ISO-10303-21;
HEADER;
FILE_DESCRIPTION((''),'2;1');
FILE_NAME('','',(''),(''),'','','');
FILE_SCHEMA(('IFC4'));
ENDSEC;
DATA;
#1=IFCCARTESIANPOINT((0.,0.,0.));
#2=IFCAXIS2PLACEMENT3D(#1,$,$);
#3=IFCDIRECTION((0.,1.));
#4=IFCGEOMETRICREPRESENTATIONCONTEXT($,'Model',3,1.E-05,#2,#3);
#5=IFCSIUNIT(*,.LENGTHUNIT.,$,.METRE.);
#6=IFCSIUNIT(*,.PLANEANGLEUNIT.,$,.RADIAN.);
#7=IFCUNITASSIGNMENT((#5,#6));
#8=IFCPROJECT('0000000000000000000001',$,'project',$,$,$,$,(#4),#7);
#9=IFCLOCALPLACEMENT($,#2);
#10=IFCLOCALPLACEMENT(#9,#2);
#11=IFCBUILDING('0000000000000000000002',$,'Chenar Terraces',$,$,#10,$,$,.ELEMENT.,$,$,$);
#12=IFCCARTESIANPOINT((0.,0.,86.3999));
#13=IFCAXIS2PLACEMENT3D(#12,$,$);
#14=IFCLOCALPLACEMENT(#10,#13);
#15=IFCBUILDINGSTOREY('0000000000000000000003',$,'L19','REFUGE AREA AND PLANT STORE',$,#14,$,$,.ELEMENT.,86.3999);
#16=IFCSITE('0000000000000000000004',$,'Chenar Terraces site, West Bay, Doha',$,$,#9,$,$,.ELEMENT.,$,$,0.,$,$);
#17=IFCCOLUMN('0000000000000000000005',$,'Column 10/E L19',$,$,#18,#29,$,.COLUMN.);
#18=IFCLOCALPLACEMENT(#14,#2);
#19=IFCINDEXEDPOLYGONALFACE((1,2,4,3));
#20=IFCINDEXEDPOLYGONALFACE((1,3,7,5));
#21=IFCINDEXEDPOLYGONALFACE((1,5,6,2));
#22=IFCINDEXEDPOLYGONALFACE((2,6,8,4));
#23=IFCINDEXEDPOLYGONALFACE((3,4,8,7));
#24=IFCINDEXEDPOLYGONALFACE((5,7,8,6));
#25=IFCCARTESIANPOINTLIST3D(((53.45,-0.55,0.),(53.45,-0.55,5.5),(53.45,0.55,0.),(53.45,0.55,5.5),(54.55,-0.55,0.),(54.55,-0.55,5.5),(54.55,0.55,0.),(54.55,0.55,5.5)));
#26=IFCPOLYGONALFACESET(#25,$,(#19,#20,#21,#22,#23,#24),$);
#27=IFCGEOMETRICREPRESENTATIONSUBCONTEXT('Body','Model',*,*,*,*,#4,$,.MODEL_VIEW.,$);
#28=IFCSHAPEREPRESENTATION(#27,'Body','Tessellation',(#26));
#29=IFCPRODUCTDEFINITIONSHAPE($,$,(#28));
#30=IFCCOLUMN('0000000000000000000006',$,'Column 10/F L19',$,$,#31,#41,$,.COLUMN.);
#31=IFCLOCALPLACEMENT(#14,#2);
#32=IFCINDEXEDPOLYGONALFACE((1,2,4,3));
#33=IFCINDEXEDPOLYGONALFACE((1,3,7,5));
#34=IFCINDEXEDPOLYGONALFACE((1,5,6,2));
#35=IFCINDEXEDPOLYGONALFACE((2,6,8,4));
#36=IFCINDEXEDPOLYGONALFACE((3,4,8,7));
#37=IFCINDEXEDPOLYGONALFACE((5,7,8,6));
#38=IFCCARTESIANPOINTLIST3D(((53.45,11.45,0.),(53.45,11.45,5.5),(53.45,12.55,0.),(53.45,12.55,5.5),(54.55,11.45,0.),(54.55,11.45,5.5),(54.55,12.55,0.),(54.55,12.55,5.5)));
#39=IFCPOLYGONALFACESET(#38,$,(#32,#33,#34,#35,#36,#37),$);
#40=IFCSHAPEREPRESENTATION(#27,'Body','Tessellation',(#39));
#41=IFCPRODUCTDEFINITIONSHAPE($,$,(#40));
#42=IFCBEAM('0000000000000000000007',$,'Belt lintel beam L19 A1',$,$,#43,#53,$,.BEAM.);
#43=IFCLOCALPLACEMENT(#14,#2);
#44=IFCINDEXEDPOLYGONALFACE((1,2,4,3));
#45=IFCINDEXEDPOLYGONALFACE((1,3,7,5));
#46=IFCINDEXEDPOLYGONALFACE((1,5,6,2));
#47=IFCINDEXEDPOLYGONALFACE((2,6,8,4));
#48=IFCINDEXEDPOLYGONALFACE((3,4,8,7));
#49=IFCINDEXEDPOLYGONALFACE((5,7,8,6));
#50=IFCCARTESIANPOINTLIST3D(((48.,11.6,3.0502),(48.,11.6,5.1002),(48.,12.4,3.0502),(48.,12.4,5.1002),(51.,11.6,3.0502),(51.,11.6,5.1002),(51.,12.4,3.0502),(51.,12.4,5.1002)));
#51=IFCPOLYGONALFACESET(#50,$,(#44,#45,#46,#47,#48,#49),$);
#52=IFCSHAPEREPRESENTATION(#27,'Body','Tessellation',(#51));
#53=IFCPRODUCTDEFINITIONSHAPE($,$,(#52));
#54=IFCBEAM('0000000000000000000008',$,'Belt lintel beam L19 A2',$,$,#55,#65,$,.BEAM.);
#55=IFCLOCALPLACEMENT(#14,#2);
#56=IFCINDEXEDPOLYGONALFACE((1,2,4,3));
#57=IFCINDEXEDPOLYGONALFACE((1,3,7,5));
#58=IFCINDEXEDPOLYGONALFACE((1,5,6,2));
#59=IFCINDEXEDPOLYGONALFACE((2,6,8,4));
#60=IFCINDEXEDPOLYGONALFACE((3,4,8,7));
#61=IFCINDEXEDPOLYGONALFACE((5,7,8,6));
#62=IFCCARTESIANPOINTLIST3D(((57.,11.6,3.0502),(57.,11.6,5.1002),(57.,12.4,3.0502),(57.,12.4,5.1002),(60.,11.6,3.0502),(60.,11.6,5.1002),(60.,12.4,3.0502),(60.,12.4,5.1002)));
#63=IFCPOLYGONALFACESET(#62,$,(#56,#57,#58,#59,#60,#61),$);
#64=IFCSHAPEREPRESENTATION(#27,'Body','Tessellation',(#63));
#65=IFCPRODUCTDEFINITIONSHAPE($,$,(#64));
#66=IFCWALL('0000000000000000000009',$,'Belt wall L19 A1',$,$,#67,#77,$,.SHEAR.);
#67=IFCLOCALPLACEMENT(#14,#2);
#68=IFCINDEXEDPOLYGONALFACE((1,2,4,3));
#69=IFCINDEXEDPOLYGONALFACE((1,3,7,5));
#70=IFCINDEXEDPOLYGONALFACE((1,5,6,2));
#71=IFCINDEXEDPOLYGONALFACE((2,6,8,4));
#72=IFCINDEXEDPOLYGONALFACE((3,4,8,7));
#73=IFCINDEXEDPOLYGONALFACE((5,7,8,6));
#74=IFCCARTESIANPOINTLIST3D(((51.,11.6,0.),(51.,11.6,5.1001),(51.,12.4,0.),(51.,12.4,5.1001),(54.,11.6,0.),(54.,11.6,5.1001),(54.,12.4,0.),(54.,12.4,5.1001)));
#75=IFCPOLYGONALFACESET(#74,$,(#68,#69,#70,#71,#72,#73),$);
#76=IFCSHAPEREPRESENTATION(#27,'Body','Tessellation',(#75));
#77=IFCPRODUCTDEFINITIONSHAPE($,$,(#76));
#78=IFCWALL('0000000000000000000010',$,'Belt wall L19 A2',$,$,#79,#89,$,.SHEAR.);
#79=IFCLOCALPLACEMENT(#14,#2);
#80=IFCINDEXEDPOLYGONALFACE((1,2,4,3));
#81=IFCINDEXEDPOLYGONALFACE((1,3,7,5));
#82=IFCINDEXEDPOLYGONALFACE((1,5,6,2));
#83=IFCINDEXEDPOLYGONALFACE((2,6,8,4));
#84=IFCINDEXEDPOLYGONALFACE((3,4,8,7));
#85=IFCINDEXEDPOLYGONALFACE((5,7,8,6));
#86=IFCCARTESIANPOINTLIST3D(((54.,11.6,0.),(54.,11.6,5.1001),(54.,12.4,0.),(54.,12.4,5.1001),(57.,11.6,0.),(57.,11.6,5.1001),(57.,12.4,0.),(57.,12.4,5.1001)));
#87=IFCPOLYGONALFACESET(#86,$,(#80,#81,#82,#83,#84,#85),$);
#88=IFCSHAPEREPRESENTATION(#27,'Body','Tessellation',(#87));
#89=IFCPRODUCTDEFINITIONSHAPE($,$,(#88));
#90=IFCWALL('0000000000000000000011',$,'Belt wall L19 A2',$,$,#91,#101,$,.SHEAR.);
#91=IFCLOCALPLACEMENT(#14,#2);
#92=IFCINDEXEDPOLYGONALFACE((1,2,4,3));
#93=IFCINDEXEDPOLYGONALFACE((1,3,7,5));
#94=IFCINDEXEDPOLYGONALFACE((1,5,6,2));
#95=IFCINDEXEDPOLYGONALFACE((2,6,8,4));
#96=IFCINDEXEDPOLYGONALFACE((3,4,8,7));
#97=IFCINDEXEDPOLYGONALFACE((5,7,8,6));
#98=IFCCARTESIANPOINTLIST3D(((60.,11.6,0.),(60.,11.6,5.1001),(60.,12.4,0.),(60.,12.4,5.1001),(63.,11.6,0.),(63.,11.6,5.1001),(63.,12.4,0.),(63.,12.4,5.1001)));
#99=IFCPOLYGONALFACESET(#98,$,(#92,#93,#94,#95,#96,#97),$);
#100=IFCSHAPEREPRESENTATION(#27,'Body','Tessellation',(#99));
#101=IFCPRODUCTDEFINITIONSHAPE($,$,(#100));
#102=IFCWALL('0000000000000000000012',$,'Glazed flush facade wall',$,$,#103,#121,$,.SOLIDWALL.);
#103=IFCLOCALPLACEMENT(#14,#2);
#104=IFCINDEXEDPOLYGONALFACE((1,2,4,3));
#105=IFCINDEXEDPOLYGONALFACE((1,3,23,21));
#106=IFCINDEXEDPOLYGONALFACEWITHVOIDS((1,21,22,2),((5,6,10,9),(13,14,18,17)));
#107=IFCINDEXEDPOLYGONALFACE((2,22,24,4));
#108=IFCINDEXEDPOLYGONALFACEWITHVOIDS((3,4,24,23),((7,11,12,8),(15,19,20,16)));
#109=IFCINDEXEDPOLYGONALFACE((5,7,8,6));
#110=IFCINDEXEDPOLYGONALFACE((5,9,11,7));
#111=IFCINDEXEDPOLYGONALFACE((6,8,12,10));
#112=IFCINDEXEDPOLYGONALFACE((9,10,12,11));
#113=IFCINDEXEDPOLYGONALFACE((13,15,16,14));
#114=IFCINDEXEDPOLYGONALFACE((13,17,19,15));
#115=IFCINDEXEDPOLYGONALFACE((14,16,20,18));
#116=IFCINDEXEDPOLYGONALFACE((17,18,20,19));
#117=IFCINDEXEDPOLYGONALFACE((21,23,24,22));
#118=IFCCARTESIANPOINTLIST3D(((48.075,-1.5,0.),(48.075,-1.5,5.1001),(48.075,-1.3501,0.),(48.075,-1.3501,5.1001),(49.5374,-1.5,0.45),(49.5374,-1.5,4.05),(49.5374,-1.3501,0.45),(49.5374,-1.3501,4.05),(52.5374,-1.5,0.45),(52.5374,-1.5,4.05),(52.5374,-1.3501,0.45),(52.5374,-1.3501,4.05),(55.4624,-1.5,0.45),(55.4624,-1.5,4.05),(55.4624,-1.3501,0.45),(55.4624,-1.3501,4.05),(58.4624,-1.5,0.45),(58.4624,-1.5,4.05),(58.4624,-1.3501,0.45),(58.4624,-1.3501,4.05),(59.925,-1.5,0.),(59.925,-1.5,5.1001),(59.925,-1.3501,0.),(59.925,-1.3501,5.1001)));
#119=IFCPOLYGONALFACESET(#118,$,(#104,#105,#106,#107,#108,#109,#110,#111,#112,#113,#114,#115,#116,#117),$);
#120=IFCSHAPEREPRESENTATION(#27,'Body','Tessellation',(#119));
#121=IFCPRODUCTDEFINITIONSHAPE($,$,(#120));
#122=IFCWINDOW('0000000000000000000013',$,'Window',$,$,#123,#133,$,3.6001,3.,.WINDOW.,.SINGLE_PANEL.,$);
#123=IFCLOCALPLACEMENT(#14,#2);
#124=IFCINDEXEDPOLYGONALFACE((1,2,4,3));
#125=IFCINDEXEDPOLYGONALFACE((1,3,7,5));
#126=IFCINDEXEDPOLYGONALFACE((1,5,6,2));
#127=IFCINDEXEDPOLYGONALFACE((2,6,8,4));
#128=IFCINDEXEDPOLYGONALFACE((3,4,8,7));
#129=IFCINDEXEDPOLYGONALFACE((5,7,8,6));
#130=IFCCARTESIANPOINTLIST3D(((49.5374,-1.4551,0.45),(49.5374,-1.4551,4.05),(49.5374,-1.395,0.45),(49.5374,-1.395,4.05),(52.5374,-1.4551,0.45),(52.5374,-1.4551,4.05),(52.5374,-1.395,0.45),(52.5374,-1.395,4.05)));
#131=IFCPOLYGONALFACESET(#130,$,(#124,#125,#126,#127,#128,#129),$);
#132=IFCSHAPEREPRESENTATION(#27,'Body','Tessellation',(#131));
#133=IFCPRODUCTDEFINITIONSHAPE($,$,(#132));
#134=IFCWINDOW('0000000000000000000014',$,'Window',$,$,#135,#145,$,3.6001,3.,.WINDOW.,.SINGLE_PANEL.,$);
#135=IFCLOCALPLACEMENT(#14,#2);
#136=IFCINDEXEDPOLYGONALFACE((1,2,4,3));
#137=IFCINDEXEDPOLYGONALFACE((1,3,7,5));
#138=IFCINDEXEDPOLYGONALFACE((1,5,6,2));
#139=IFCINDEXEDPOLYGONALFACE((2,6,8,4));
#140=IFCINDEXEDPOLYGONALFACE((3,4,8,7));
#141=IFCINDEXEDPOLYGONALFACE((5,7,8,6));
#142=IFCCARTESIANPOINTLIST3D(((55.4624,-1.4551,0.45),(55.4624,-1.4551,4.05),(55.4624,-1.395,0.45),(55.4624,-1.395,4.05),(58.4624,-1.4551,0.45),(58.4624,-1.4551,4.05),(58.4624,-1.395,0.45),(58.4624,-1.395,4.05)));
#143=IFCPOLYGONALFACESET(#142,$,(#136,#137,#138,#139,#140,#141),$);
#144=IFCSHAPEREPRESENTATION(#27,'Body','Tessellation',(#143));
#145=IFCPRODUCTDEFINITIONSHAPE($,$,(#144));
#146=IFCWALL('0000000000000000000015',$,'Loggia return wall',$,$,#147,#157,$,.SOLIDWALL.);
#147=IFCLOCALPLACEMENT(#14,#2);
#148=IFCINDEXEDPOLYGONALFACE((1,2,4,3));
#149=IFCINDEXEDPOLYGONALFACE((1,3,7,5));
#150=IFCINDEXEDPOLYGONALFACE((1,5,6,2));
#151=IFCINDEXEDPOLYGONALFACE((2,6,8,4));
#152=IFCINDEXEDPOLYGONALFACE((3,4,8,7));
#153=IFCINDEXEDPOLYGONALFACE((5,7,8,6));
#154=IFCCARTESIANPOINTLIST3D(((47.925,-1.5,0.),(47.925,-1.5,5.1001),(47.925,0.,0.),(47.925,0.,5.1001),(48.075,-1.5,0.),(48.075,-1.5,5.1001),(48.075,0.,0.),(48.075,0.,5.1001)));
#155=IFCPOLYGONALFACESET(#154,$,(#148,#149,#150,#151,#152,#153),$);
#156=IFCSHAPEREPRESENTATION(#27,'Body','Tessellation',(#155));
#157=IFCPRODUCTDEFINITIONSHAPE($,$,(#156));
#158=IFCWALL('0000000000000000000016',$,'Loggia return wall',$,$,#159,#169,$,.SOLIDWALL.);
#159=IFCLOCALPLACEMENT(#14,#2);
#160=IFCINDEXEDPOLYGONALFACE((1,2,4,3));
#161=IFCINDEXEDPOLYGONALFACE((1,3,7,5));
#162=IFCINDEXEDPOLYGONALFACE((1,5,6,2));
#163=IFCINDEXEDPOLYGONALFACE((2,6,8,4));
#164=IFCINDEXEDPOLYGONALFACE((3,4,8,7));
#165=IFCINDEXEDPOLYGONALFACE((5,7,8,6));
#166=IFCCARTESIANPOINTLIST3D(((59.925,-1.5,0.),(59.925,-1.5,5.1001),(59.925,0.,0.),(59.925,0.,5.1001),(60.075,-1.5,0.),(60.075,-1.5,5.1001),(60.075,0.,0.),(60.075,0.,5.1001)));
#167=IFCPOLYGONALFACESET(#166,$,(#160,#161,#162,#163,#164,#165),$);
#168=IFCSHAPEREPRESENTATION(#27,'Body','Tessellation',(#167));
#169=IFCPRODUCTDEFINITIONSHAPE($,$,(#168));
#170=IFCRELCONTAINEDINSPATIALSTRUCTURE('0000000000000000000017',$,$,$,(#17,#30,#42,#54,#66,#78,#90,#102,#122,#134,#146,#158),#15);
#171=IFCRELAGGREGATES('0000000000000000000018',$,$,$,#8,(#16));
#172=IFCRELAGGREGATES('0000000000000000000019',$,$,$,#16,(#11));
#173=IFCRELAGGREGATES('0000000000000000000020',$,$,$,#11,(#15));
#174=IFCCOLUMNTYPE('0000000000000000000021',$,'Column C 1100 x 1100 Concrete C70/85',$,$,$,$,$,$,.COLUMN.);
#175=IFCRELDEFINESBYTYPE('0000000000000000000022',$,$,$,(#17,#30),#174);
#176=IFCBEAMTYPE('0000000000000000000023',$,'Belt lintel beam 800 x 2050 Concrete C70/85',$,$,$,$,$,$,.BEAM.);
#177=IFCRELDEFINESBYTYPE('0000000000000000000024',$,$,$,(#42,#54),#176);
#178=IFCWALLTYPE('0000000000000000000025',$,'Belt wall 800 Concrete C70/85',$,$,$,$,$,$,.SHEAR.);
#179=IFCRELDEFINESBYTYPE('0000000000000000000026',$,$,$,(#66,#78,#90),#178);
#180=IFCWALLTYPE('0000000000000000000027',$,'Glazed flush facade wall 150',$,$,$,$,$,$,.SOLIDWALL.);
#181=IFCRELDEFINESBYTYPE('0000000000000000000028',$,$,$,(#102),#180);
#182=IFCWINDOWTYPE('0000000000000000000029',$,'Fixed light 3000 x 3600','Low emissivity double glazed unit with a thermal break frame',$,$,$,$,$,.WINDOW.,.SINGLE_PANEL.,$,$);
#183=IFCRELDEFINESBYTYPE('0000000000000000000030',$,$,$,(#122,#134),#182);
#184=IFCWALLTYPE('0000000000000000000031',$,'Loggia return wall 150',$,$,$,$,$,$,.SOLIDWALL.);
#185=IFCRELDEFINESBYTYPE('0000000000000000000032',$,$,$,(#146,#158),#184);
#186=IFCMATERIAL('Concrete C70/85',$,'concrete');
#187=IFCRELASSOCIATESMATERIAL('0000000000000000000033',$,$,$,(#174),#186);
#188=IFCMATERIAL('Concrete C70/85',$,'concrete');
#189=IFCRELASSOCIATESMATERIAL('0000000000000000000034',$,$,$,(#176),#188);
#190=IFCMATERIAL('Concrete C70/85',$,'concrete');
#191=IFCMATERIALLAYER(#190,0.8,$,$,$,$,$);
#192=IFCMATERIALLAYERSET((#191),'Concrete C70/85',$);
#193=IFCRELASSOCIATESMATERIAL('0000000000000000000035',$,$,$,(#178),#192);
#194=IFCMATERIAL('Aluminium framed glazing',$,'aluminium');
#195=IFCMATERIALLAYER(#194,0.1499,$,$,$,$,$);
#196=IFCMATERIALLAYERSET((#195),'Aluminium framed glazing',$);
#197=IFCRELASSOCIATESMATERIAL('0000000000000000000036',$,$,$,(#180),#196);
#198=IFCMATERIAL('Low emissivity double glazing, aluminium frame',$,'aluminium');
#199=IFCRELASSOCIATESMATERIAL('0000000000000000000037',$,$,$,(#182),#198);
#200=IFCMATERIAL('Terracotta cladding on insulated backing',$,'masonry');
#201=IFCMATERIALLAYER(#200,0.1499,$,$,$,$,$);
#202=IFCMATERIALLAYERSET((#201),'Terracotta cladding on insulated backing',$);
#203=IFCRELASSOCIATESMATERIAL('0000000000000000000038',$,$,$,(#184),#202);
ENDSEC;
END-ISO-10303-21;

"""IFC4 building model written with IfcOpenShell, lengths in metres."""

from ifc_helpers import new_model, si_unit, direction, frame, frame_2d, origin, origin_2d, place, context, subcontext, project, spatial, rectangle, extrude, material, layer, layer_set, material_profile, profile_set, type_object, element, fill, save


model = new_model("IFC4")

# Units and contexts
model_context = context("Model", 3, precision=1e-05, world=origin(), true_north=direction((0.0, 1.0)))
body_context = subcontext(model_context, "Body", "Model", "MODEL_VIEW")
ifc_project = project(units=[si_unit("LENGTHUNIT", "METRE"), si_unit("PLANEANGLEUNIT", "RADIAN")], contexts=[model_context])

# Site, building, storey
site_placement = place(None, origin())
site = spatial("IfcSite", under=ifc_project, at=site_placement, Name="Chenar Terraces site, West Bay, Doha", CompositionType="ELEMENT", RefElevation=0.0)
building_placement = place(site_placement, origin())
building = spatial("IfcBuilding", under=site, at=building_placement, Name="Chenar Terraces", CompositionType="ELEMENT")
storey_placement = place(building_placement, frame((0.0, 0.0, 86.3999)))
storey = spatial("IfcBuildingStorey", under=building, at=storey_placement, Name="L19", Description="REFUGE AREA AND PLANT STORE", CompositionType="ELEMENT", Elevation=86.3999)

# Columns
ifc_material_1 = material(Name="Concrete C70/85", Category="concrete")
ifc_material_profile_1 = material_profile(ifc_material_1, rectangle(XDim=1.1001, YDim=1.1001, at=origin_2d()), Name="C 1100 x 1100")
ifc_profile_set_1 = profile_set([ifc_material_profile_1], Name="Concrete C70/85")
column_type = type_object("IfcColumnType", Name="Column C 1100 x 1100 Concrete C70/85", PredefinedType="COLUMN", material=ifc_profile_set_1)
column_1_placement = place(storey_placement, frame((54.0, 0.0, 0.0), z_axis=(0.0, 0.0, 1.0), x_axis=(1.0, 0.0, 0.0)))
element("IfcColumn", 1, at=column_1_placement, inside=storey, type_object=column_type, Name="Column 10/E L19", PredefinedType="COLUMN", context=body_context, shape_type="SweptSolid", body=[
    extrude(rectangle(XDim=1.1001, YDim=1.1001, at=origin_2d()), origin(), (0.0, 0.0, 1.0), 5.5),
])
placement = place(storey_placement, frame((54.0, 12.0, 0.0), z_axis=(0.0, 0.0, 1.0), x_axis=(1.0, 0.0, 0.0)))
element("IfcColumn", 2, at=placement, inside=storey, type_object=column_type, Name="Column 10/F L19", PredefinedType="COLUMN", context=body_context, shape_type="SweptSolid", body=[
    extrude(rectangle(XDim=1.1001, YDim=1.1001, at=origin_2d()), origin(), (0.0, 0.0, 1.0), 5.5),
])

# Beams
ifc_material_2 = material(Name="Concrete C70/85", Category="concrete")
ifc_material_profile_2 = material_profile(ifc_material_2, rectangle(XDim=0.8, YDim=2.05, at=origin_2d()), Name="RC 800 x 2050")
ifc_profile_set_2 = profile_set([ifc_material_profile_2], Name="Concrete C70/85")
beam_type = type_object("IfcBeamType", Name="Belt lintel beam 800 x 2050 Concrete C70/85", PredefinedType="BEAM", material=ifc_profile_set_2)
for number, where, z_axis, x_axis, name in (
    (3, (48.0, 12.0, 4.0752), (1.0, 0.0, 0.0), (0.0, 1.0, 0.0), "Belt lintel beam L19 A1"),
    (4, (57.0, 12.0, 4.0752), (1.0, 0.0, 0.0), (0.0, 1.0, 0.0), "Belt lintel beam L19 A2"),
):
    element("IfcBeam", number, at=place(storey_placement, frame(where, z_axis=z_axis, x_axis=x_axis)), inside=storey, type_object=beam_type, Name=name, PredefinedType="BEAM", context=body_context, shape_type="SweptSolid", body=[
        extrude(rectangle(XDim=0.8, YDim=2.05, at=origin_2d()), origin(), (0.0, 0.0, 1.0), 3.0),
    ])

# Walls
ifc_material_3 = material(Name="Concrete C70/85", Category="concrete")
ifc_layer_1 = layer(ifc_material_3, 0.8)
ifc_layer_set_1 = layer_set([ifc_layer_1], Name="Concrete C70/85")
wall_type_1 = type_object("IfcWallType", Name="Belt wall 800 Concrete C70/85", PredefinedType="SHEAR", material=ifc_layer_set_1)
wall_1_placement = place(storey_placement, frame((51.0, 12.0, 0.0), z_axis=(0.0, 0.0, 1.0), x_axis=(1.0, 0.0, 0.0)))
element("IfcWall", 5, at=wall_1_placement, inside=storey, type_object=wall_type_1, Name="Belt wall L19 A1", PredefinedType="SHEAR", context=body_context, shape_type="SweptSolid", body=[
    extrude(rectangle(XDim=3.0, YDim=0.8, at=frame_2d((1.5, 0.0))), origin(), (0.0, 0.0, 1.0), 5.1001),
])
element("IfcWall", 6, at=placement, inside=storey, type_object=wall_type_1, Name="Belt wall L19 A2", PredefinedType="SHEAR", context=body_context, shape_type="SweptSolid", body=[
    extrude(rectangle(XDim=3.0, YDim=0.8, at=frame_2d((1.5, 0.0))), origin(), (0.0, 0.0, 1.0), 5.1001),
])
wall_2_placement = place(storey_placement, frame((60.0, 12.0, 0.0), z_axis=(0.0, 0.0, 1.0), x_axis=(1.0, 0.0, 0.0)))
element("IfcWall", 7, at=wall_2_placement, inside=storey, type_object=wall_type_1, Name="Belt wall L19 A2", PredefinedType="SHEAR", context=body_context, shape_type="SweptSolid", body=[
    extrude(rectangle(XDim=3.0, YDim=0.8, at=frame_2d((1.5, 0.0))), origin(), (0.0, 0.0, 1.0), 5.1001),
])

# Wall, openings, windows
ifc_material_4 = material(Name="Aluminium framed glazing", Category="aluminium")
ifc_layer_2 = layer(ifc_material_4, 0.1499)
ifc_layer_set_2 = layer_set([ifc_layer_2], Name="Aluminium framed glazing")
wall_type_2 = type_object("IfcWallType", Name="Glazed flush facade wall 150", PredefinedType="SOLIDWALL", material=ifc_layer_set_2)
wall_3_placement = place(storey_placement, frame((48.075, -1.425, 0.0), z_axis=(0.0, 0.0, 1.0), x_axis=(1.0, 0.0, 0.0)))
wall_3 = element("IfcWall", 8, at=wall_3_placement, inside=storey, type_object=wall_type_2, Name="Glazed flush facade wall", PredefinedType="SOLIDWALL", context=body_context, shape_type="SweptSolid", body=[
    extrude(rectangle(XDim=11.8501, YDim=0.1499, at=frame_2d((5.925, 0.0))), origin(), (0.0, 0.0, 1.0), 5.1001),
])
opening_1_placement = place(wall_3_placement, frame((1.4624, 0.0, 0.45)))
opening_1 = element("IfcOpeningElement", 9, at=opening_1_placement, cuts=wall_3, PredefinedType="OPENING", context=body_context, shape_type="SweptSolid", body=[
    extrude(rectangle(XDim=3.0, YDim=3.6001, at=frame_2d((1.5, 1.8))), frame((0.0, 0.085, 0.0), z_axis=(0.0, -1.0, 0.0), x_axis=(1.0, 0.0, 0.0)), (0.0, 0.0, 1.0), 0.1699),
])
opening_2_placement = place(wall_3_placement, frame((7.3875, 0.0, 0.45)))
opening_2 = element("IfcOpeningElement", 10, at=opening_2_placement, cuts=wall_3, PredefinedType="OPENING", context=body_context, shape_type="SweptSolid", body=[
    extrude(rectangle(XDim=3.0, YDim=3.6001, at=frame_2d((1.5, 1.8))), frame((0.0, 0.085, 0.0), z_axis=(0.0, -1.0, 0.0), x_axis=(1.0, 0.0, 0.0)), (0.0, 0.0, 1.0), 0.1699),
])
ifc_material_5 = material(Name="Low emissivity double glazing, aluminium frame", Category="aluminium")
window_type = type_object("IfcWindowType", Name="Fixed light 3000 x 3600", Description="Low emissivity double glazed unit with a thermal break frame", PartitioningType="SINGLE_PANEL", PredefinedType="WINDOW", material=ifc_material_5)
window_1_placement = place(opening_1_placement, origin())
window_1 = element("IfcWindow", 11, at=window_1_placement, inside=storey, type_object=window_type, Name="Window", OverallHeight=3.6001, OverallWidth=3.0, PartitioningType="SINGLE_PANEL", PredefinedType="WINDOW", context=body_context, shape_type="SweptSolid", body=[
    extrude(rectangle(XDim=3.0, YDim=3.6001, at=frame_2d((1.5, 1.8))), frame((0.0, 0.03, 0.0), z_axis=(0.0, -1.0, 0.0), x_axis=(1.0, 0.0, 0.0)), (0.0, 0.0, 1.0), 0.0601),
])
fill(opening_1, window_1)
window_2_placement = place(opening_2_placement, origin())
window_2 = element("IfcWindow", 12, at=window_2_placement, inside=storey, type_object=window_type, Name="Window", OverallHeight=3.6001, OverallWidth=3.0, PartitioningType="SINGLE_PANEL", PredefinedType="WINDOW", context=body_context, shape_type="SweptSolid", body=[
    extrude(rectangle(XDim=3.0, YDim=3.6001, at=frame_2d((1.5, 1.8))), frame((0.0, 0.03, 0.0), z_axis=(0.0, -1.0, 0.0), x_axis=(1.0, 0.0, 0.0)), (0.0, 0.0, 1.0), 0.0601),
])
fill(opening_2, window_2)

# Walls
ifc_material_6 = material(Name="Terracotta cladding on insulated backing", Category="masonry")
ifc_layer_3 = layer(ifc_material_6, 0.1499)
ifc_layer_set_3 = layer_set([ifc_layer_3], Name="Terracotta cladding on insulated backing")
wall_type_3 = type_object("IfcWallType", Name="Loggia return wall 150", PredefinedType="SOLIDWALL", material=ifc_layer_set_3)
for number, where, z_axis, x_axis, name in (
    (13, (48.0, -1.5, 0.0), (0.0, 0.0, 1.0), (0.0, 1.0, 0.0), "Loggia return wall"),
    (14, (60.0, -1.5, 0.0), (0.0, 0.0, 1.0), (0.0, 1.0, 0.0), "Loggia return wall"),
):
    element("IfcWall", number, at=place(storey_placement, frame(where, z_axis=z_axis, x_axis=x_axis)), inside=storey, type_object=wall_type_3, Name=name, PredefinedType="SOLIDWALL", context=body_context, shape_type="SweptSolid", body=[
        extrude(rectangle(XDim=1.5, YDim=0.1499, at=frame_2d((0.75, 0.0))), origin(), (0.0, 0.0, 1.0), 5.1001),
    ])

save(model, "model.ifc")
